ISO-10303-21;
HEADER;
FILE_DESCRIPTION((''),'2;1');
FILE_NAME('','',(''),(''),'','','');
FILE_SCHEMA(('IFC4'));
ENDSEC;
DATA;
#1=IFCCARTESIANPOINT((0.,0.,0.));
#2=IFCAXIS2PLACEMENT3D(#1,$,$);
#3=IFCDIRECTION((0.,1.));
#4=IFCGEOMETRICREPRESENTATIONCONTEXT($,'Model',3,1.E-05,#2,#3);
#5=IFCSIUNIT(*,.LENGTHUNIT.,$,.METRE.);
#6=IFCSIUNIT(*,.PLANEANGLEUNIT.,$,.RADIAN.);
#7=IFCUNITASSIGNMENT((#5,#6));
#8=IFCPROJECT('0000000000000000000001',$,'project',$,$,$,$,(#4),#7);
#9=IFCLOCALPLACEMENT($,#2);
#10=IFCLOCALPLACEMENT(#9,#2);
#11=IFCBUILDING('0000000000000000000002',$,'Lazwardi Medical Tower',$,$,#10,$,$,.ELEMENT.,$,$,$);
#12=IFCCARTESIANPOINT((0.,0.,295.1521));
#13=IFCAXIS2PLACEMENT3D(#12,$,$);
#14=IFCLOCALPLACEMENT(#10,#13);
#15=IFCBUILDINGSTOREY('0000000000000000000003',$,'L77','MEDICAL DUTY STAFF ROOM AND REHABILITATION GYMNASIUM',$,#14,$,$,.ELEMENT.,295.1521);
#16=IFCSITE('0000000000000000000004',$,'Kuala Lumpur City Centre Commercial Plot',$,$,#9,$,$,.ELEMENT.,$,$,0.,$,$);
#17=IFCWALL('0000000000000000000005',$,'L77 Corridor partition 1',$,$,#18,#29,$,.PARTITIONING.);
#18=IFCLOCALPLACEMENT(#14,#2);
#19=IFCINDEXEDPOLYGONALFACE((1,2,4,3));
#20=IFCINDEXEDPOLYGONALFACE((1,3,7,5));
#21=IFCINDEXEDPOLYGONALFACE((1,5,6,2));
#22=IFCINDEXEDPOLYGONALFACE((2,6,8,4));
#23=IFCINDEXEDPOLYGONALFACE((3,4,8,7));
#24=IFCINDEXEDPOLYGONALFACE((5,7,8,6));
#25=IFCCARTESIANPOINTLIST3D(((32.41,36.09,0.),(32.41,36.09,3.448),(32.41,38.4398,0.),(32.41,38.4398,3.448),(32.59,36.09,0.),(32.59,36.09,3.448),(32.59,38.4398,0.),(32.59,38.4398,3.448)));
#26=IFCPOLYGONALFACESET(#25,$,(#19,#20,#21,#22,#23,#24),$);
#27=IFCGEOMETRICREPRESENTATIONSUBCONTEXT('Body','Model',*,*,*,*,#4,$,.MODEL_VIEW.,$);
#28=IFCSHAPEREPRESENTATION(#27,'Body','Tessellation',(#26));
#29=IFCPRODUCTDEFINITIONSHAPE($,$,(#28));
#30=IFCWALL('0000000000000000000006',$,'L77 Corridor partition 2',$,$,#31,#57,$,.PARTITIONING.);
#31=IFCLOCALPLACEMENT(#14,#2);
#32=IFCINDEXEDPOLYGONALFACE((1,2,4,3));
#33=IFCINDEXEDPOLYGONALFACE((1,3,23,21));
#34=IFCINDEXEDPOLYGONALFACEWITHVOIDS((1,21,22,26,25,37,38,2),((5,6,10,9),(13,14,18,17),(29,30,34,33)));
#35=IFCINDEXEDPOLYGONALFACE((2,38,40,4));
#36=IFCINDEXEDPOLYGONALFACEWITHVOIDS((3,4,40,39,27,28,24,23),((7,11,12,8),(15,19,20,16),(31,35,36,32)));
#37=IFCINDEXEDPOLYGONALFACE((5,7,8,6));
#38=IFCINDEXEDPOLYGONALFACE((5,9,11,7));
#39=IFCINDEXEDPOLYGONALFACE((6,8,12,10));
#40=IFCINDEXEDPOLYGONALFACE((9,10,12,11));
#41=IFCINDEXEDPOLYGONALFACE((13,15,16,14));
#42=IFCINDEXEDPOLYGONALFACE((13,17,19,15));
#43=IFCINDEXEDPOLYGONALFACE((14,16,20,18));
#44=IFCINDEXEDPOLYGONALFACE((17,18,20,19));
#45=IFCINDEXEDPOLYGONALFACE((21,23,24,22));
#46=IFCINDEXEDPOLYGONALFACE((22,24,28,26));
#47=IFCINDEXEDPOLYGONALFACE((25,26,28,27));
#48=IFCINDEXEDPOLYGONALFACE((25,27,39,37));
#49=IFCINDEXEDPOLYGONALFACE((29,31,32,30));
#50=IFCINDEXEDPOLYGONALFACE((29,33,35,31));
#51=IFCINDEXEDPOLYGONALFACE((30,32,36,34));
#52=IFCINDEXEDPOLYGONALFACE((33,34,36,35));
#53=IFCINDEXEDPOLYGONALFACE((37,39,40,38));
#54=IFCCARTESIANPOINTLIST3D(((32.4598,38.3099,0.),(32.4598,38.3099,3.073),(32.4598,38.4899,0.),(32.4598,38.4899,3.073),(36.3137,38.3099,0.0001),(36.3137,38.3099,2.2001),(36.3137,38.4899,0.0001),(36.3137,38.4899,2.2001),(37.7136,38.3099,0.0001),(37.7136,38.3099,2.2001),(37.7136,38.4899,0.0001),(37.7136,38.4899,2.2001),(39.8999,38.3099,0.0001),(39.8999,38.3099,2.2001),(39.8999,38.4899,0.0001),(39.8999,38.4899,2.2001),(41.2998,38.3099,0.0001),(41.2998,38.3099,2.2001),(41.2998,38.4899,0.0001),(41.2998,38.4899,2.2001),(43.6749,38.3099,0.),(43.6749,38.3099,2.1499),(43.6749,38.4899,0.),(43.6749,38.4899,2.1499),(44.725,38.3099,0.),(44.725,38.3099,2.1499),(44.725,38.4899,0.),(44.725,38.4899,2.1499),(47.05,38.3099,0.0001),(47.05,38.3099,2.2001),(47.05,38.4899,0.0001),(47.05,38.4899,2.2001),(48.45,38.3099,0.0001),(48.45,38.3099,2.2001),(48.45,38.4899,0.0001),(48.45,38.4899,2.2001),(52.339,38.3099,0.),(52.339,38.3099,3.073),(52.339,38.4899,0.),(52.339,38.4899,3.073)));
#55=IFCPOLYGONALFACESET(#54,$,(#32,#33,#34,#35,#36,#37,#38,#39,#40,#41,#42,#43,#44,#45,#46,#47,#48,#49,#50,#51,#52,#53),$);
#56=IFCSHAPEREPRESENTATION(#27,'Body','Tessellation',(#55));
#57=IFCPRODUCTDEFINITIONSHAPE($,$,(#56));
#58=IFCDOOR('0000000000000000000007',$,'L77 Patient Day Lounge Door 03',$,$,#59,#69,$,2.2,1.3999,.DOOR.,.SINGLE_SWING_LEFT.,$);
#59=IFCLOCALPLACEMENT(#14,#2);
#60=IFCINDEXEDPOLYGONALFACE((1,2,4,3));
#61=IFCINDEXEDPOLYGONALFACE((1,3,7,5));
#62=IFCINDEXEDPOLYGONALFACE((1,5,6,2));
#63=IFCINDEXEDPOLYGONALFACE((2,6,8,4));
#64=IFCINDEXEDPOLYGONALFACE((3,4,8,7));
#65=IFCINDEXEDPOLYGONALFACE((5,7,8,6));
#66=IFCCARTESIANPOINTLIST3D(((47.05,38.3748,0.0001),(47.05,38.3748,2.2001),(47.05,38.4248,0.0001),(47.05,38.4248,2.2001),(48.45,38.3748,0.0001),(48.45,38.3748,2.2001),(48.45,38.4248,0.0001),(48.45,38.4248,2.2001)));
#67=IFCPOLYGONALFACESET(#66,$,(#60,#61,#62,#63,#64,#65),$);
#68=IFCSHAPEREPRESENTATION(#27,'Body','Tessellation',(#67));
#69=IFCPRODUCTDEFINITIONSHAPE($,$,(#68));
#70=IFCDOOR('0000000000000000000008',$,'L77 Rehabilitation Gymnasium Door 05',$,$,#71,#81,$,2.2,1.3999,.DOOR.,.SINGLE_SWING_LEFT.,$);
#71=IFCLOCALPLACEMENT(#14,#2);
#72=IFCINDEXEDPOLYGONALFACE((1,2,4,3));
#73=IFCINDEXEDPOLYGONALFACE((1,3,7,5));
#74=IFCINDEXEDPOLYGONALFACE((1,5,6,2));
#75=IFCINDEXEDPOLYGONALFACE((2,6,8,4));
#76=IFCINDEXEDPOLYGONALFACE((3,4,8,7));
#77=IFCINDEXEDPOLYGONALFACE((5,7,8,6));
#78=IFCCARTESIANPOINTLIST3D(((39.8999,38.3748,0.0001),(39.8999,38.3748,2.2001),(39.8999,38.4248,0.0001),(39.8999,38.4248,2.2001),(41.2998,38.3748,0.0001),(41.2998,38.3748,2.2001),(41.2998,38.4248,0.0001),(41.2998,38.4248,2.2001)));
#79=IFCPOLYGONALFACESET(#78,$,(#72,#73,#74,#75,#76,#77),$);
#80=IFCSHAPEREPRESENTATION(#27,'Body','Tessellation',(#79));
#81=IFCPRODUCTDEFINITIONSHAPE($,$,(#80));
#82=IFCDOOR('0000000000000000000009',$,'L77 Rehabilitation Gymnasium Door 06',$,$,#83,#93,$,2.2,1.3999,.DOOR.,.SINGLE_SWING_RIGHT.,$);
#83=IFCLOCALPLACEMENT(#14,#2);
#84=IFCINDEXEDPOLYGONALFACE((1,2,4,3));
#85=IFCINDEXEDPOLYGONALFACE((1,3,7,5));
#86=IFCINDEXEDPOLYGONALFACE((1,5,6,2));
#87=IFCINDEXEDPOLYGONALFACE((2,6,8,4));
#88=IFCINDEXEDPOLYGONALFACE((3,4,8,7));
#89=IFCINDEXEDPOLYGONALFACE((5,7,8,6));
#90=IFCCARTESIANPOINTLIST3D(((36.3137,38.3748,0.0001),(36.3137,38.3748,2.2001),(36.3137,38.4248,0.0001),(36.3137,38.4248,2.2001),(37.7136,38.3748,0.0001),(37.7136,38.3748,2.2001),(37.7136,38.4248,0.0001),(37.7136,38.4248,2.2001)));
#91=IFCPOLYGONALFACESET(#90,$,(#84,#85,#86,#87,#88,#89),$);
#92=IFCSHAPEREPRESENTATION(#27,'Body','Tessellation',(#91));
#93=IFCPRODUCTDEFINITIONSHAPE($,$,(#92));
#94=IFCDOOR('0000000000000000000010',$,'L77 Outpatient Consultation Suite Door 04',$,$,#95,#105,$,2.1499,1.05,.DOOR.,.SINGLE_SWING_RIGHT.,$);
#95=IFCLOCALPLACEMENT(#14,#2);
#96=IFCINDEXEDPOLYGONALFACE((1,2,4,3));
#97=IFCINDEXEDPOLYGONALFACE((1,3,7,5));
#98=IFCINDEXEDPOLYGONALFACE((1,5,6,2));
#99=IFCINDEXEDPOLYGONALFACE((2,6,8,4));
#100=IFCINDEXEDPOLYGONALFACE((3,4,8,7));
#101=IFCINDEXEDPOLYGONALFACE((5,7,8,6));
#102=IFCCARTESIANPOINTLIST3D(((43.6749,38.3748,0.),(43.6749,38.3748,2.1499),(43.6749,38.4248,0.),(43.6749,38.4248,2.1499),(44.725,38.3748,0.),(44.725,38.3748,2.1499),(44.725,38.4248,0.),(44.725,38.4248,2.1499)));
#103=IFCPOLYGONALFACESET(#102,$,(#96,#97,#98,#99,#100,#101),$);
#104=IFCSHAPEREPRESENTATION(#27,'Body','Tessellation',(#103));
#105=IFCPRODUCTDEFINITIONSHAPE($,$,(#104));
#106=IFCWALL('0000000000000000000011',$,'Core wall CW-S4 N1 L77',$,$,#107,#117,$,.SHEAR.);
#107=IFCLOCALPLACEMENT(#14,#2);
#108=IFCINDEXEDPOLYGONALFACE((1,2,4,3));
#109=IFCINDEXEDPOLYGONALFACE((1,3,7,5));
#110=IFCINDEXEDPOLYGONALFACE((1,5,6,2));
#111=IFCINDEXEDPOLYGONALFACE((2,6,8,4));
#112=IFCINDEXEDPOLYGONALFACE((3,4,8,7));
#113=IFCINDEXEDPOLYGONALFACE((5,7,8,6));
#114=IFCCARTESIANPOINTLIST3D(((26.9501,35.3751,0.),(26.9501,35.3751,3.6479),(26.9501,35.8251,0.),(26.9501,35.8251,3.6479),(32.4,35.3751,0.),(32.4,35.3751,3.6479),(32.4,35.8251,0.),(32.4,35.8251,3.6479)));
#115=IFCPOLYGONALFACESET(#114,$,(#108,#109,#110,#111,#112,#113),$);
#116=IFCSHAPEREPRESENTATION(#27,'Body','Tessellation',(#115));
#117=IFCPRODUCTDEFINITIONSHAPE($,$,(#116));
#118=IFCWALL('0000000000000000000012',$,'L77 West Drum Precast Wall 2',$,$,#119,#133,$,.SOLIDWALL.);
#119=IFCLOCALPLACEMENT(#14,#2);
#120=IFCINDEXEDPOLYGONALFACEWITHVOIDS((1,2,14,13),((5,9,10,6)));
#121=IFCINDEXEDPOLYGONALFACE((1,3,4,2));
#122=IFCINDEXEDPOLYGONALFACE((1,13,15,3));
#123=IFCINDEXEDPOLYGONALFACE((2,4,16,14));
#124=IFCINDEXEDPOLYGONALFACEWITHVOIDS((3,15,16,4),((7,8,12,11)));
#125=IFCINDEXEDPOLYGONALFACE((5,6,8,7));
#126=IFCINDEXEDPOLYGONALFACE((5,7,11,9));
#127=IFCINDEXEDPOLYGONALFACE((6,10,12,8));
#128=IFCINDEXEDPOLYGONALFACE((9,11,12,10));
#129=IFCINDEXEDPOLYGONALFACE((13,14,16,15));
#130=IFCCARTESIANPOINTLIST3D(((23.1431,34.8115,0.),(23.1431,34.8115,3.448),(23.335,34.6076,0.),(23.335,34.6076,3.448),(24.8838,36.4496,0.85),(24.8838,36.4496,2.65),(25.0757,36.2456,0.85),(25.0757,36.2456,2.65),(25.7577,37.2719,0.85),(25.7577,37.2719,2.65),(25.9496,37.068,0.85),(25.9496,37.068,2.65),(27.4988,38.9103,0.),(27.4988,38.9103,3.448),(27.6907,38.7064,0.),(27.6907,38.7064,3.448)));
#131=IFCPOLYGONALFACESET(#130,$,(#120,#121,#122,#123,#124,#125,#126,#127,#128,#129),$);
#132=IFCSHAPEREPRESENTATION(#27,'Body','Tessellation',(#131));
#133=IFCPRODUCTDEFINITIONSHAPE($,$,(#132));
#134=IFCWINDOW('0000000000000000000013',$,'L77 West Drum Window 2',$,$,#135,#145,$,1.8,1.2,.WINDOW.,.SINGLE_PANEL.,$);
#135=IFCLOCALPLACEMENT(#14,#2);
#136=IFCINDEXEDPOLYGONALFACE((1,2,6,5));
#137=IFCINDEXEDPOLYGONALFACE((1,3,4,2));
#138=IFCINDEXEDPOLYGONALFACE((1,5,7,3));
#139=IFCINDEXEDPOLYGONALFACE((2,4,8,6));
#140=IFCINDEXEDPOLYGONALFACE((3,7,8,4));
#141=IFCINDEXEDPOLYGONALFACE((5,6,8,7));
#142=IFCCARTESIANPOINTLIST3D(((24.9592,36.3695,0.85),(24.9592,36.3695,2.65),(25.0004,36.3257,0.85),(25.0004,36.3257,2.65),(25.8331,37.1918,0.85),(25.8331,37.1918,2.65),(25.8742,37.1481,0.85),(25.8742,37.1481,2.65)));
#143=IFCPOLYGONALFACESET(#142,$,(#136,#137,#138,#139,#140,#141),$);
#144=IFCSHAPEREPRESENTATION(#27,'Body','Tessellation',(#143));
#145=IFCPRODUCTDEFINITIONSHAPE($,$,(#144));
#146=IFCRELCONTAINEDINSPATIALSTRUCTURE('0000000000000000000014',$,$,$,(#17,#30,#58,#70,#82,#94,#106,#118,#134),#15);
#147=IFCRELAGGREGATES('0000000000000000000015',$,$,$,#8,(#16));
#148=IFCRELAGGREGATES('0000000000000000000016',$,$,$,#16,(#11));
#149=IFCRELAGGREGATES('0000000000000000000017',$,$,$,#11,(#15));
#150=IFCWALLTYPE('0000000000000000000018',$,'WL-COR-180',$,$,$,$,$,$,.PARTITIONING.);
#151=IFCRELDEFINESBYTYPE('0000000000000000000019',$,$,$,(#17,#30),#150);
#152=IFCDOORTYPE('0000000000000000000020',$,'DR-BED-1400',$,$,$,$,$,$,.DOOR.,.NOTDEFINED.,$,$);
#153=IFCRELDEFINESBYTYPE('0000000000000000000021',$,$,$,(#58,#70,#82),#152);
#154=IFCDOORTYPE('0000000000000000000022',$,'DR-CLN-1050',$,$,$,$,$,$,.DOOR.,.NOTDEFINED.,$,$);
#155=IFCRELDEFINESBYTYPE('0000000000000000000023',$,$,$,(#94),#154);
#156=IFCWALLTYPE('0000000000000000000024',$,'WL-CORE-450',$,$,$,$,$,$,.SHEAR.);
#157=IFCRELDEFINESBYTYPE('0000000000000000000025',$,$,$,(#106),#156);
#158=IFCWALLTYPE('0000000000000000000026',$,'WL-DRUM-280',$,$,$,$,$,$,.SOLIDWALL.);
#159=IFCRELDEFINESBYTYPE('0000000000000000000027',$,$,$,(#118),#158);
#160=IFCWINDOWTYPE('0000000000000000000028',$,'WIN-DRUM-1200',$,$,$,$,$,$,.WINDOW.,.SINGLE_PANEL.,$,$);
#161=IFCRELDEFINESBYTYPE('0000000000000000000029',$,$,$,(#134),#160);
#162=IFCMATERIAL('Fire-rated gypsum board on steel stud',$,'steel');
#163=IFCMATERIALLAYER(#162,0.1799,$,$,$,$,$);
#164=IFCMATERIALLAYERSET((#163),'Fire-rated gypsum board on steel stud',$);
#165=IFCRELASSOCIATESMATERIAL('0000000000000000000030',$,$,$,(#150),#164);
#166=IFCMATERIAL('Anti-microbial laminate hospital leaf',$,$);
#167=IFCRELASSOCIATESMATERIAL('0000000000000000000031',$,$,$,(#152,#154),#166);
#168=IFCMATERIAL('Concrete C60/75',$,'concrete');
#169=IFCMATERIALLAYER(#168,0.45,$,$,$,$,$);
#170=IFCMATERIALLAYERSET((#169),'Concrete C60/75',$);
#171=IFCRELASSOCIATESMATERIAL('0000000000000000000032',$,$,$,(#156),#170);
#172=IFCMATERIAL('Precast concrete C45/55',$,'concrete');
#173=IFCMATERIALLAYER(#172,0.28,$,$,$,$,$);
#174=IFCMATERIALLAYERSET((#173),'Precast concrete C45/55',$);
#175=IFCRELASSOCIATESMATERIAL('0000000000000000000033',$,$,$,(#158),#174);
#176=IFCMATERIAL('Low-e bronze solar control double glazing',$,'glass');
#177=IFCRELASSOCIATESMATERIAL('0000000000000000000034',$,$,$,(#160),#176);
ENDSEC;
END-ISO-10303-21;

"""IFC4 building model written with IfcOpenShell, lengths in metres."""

from ifc_helpers import new_model, si_unit, direction, frame, frame_2d, origin, place, context, subcontext, project, spatial, rectangle, extrude, material, layer, layer_set, type_object, element, fill, save


model = new_model("IFC4")

# Units and contexts
model_context = context("Model", 3, precision=1e-05, world=origin(), true_north=direction((0.0, 1.0)))
body_context = subcontext(model_context, "Body", "Model", "MODEL_VIEW")
ifc_project = project(units=[si_unit("LENGTHUNIT", "METRE"), si_unit("PLANEANGLEUNIT", "RADIAN")], contexts=[model_context])

# Site, building, storey
site_placement = place(None, origin())
site = spatial("IfcSite", under=ifc_project, at=site_placement, Name="Kuala Lumpur City Centre Commercial Plot", CompositionType="ELEMENT", RefElevation=0.0)
building_placement = place(site_placement, origin())
building = spatial("IfcBuilding", under=site, at=building_placement, Name="Lazwardi Medical Tower", CompositionType="ELEMENT")
storey_placement = place(building_placement, frame((0.0, 0.0, 295.1521)))
storey = spatial("IfcBuildingStorey", under=building, at=storey_placement, Name="L77", Description="MEDICAL DUTY STAFF ROOM AND REHABILITATION GYMNASIUM", CompositionType="ELEMENT", Elevation=295.1521)

# Shared definitions
ifc_material_1 = material(Name="Concrete C60/75", Category="concrete")

# Wall
ifc_material_2 = material(Name="Fire-rated gypsum board on steel stud", Category="steel")
ifc_layer_1 = layer(ifc_material_2, 0.1799)
ifc_layer_set_1 = layer_set([ifc_layer_1], Name="Fire-rated gypsum board on steel stud")
wall_type_1 = type_object("IfcWallType", Name="WL-COR-180", PredefinedType="PARTITIONING", material=ifc_layer_set_1)
wall_1_placement = place(storey_placement, frame((32.5, 36.0901, 0.0), z_axis=(0.0, 0.0, 1.0), x_axis=(0.0, 1.0, 0.0)))
element("IfcWall", 1, at=wall_1_placement, inside=storey, type_object=wall_type_1, Name="L77 Corridor partition 1", PredefinedType="PARTITIONING", context=body_context, shape_type="SweptSolid", body=[
    extrude(rectangle(XDim=2.3499, YDim=0.1799, at=frame_2d((1.1748, 0.0))), origin(), (0.0, 0.0, 1.0), 3.448),
])

# Wall, openings, doors
wall_2_placement = place(storey_placement, frame((32.46, 38.3999, 0.0), z_axis=(0.0, 0.0, 1.0), x_axis=(1.0, 0.0, 0.0)))
wall_2 = element("IfcWall", 2, at=wall_2_placement, inside=storey, type_object=wall_type_1, Name="L77 Corridor partition 2", PredefinedType="PARTITIONING", context=body_context, shape_type="SweptSolid", body=[
    extrude(rectangle(XDim=19.8792, YDim=0.1799, at=frame_2d((9.9395, 0.0))), origin(), (0.0, 0.0, 1.0), 3.073),
])
opening_1_placement = place(wall_2_placement, frame((14.5901, 0.0, 0.0)))
opening_1 = element("IfcOpeningElement", 3, at=opening_1_placement, cuts=wall_2, PredefinedType="OPENING", context=body_context, shape_type="SweptSolid", body=[
    extrude(rectangle(XDim=1.3999, YDim=2.2, at=frame_2d((0.7, 1.1001))), frame((0.0, 0.0999, 0.0), z_axis=(0.0, -1.0, 0.0), x_axis=(1.0, 0.0, 0.0)), (0.0, 0.0, 1.0), 0.2),
])
opening_2_placement = place(wall_2_placement, frame((11.2151, 0.0, 0.0)))
opening_2 = element("IfcOpeningElement", 4, at=opening_2_placement, cuts=wall_2, PredefinedType="OPENING", context=body_context, shape_type="SweptSolid", body=[
    extrude(rectangle(XDim=1.05, YDim=2.1499, at=frame_2d((0.5249, 1.075))), frame((0.0, 0.0999, 0.0), z_axis=(0.0, -1.0, 0.0), x_axis=(1.0, 0.0, 0.0)), (0.0, 0.0, 1.0), 0.2),
])
opening_3_placement = place(wall_2_placement, frame((7.4399, 0.0, 0.0)))
opening_3 = element("IfcOpeningElement", 5, at=opening_3_placement, cuts=wall_2, PredefinedType="OPENING", context=body_context, shape_type="SweptSolid", body=[
    extrude(rectangle(XDim=1.3999, YDim=2.2, at=frame_2d((0.7, 1.1001))), frame((0.0, 0.0999, 0.0), z_axis=(0.0, -1.0, 0.0), x_axis=(1.0, 0.0, 0.0)), (0.0, 0.0, 1.0), 0.2),
])
opening_4_placement = place(wall_2_placement, frame((3.8538, 0.0, 0.0)))
opening_4 = element("IfcOpeningElement", 6, at=opening_4_placement, cuts=wall_2, PredefinedType="OPENING", context=body_context, shape_type="SweptSolid", body=[
    extrude(rectangle(XDim=1.3999, YDim=2.2, at=frame_2d((0.7, 1.1001))), frame((0.0, 0.0999, 0.0), z_axis=(0.0, -1.0, 0.0), x_axis=(1.0, 0.0, 0.0)), (0.0, 0.0, 1.0), 0.2),
])
ifc_material_3 = material(Name="Anti-microbial laminate hospital leaf")
door_type_1 = type_object("IfcDoorType", Name="DR-BED-1400", OperationType="NOTDEFINED", PredefinedType="DOOR", material=ifc_material_3)
door_1_placement = place(opening_1_placement, origin())
door_1 = element("IfcDoor", 7, at=door_1_placement, inside=storey, type_object=door_type_1, Name="L77 Patient Day Lounge Door 03", OperationType="SINGLE_SWING_LEFT", OverallHeight=2.2, OverallWidth=1.3999, PredefinedType="DOOR", context=body_context, shape_type="SweptSolid", body=[
    extrude(rectangle(XDim=1.3999, YDim=2.2, at=frame_2d((0.7, 1.1001))), frame((0.0, 0.0249, 0.0), z_axis=(0.0, -1.0, 0.0), x_axis=(1.0, 0.0, 0.0)), (0.0, 0.0, 1.0), 0.05),
])
fill(opening_1, door_1)
door_2_placement = place(opening_3_placement, origin())
door_2 = element("IfcDoor", 8, at=door_2_placement, inside=storey, type_object=door_type_1, Name="L77 Rehabilitation Gymnasium Door 05", OperationType="SINGLE_SWING_LEFT", OverallHeight=2.2, OverallWidth=1.3999, PredefinedType="DOOR", context=body_context, shape_type="SweptSolid", body=[
    extrude(rectangle(XDim=1.3999, YDim=2.2, at=frame_2d((0.7, 1.1001))), frame((0.0, 0.0249, 0.0), z_axis=(0.0, -1.0, 0.0), x_axis=(1.0, 0.0, 0.0)), (0.0, 0.0, 1.0), 0.05),
])
fill(opening_3, door_2)
door_3_placement = place(opening_4_placement, origin())
door_3 = element("IfcDoor", 9, at=door_3_placement, inside=storey, type_object=door_type_1, Name="L77 Rehabilitation Gymnasium Door 06", OperationType="SINGLE_SWING_RIGHT", OverallHeight=2.2, OverallWidth=1.3999, PredefinedType="DOOR", context=body_context, shape_type="SweptSolid", body=[
    extrude(rectangle(XDim=1.3999, YDim=2.2, at=frame_2d((0.7, 1.1001))), frame((0.0, 0.0249, 0.0), z_axis=(0.0, -1.0, 0.0), x_axis=(1.0, 0.0, 0.0)), (0.0, 0.0, 1.0), 0.05),
])
fill(opening_4, door_3)
door_type_2 = type_object("IfcDoorType", Name="DR-CLN-1050", OperationType="NOTDEFINED", PredefinedType="DOOR", material=ifc_material_3)
door_4_placement = place(opening_2_placement, origin())
door_4 = element("IfcDoor", 10, at=door_4_placement, inside=storey, type_object=door_type_2, Name="L77 Outpatient Consultation Suite Door 04", OperationType="SINGLE_SWING_RIGHT", OverallHeight=2.1499, OverallWidth=1.05, PredefinedType="DOOR", context=body_context, shape_type="SweptSolid", body=[
    extrude(rectangle(XDim=1.05, YDim=2.1499, at=frame_2d((0.5249, 1.075))), frame((0.0, 0.0249, 0.0), z_axis=(0.0, -1.0, 0.0), x_axis=(1.0, 0.0, 0.0)), (0.0, 0.0, 1.0), 0.05),
])
fill(opening_2, door_4)

# Wall
ifc_layer_2 = layer(ifc_material_1, 0.45)
ifc_layer_set_2 = layer_set([ifc_layer_2], Name="Concrete C60/75")
wall_type_2 = type_object("IfcWallType", Name="WL-CORE-450", PredefinedType="SHEAR", material=ifc_layer_set_2)
wall_3_placement = place(storey_placement, frame((26.95, 35.6001, 0.0), z_axis=(0.0, 0.0, 1.0), x_axis=(1.0, 0.0, 0.0)))
element("IfcWall", 11, at=wall_3_placement, inside=storey, type_object=wall_type_2, Name="Core wall CW-S4 N1 L77", PredefinedType="SHEAR", context=body_context, shape_type="SweptSolid", body=[
    extrude(rectangle(XDim=5.45, YDim=0.45, at=frame_2d((2.7251, 0.0))), origin(), (0.0, 0.0, 1.0), 3.6479),
])

# Wall, opening, window
ifc_material_4 = material(Name="Precast concrete C45/55", Category="concrete")
ifc_layer_3 = layer(ifc_material_4, 0.28)
ifc_layer_set_3 = layer_set([ifc_layer_3], Name="Precast concrete C45/55")
wall_type_3 = type_object("IfcWallType", Name="WL-DRUM-280", PredefinedType="SOLIDWALL", material=ifc_layer_set_3)
wall_4_placement = place(storey_placement, frame((27.5947, 38.8083, 0.0), z_axis=(0.0, 0.0, 1.0), x_axis=(-0.728252, -0.68531, 0.0)))
wall_4 = element("IfcWall", 12, at=wall_4_placement, inside=storey, type_object=wall_type_3, Name="L77 West Drum Precast Wall 2", PredefinedType="SOLIDWALL", context=body_context, shape_type="SweptSolid", body=[
    extrude(rectangle(XDim=5.981, YDim=0.28, at=frame_2d((2.9905, 0.0))), origin(), (0.0, 0.0, 1.0), 3.448),
])
opening_5_placement = place(wall_4_placement, frame((2.3906, 0.0, 0.8501)))
opening_5 = element("IfcOpeningElement", 13, at=opening_5_placement, cuts=wall_4, PredefinedType="OPENING", context=body_context, shape_type="SweptSolid", body=[
    extrude(rectangle(XDim=1.2, YDim=1.8, at=frame_2d((0.6001, 0.8999))), frame((0.0, 0.1499, 0.0), z_axis=(0.0, -1.0, 0.0), x_axis=(1.0, 0.0, 0.0)), (0.0, 0.0, 1.0), 0.3),
])
ifc_material_5 = material(Name="Low-e bronze solar control double glazing", Category="glass")
window_type = type_object("IfcWindowType", Name="WIN-DRUM-1200", PartitioningType="SINGLE_PANEL", PredefinedType="WINDOW", material=ifc_material_5)
window_1_placement = place(opening_5_placement, origin())
window_1 = element("IfcWindow", 14, at=window_1_placement, inside=storey, type_object=window_type, Name="L77 West Drum Window 2", OverallHeight=1.8, OverallWidth=1.2, PartitioningType="SINGLE_PANEL", PredefinedType="WINDOW", context=body_context, shape_type="SweptSolid", body=[
    extrude(rectangle(XDim=1.2, YDim=1.8, at=frame_2d((0.6001, 0.8999))), frame((0.0, 0.03, 0.0), z_axis=(0.0, -1.0, 0.0), x_axis=(1.0, 0.0, 0.0)), (0.0, 0.0, 1.0), 0.0601),
])
fill(opening_5, window_1)

save(model, "model.ifc")
